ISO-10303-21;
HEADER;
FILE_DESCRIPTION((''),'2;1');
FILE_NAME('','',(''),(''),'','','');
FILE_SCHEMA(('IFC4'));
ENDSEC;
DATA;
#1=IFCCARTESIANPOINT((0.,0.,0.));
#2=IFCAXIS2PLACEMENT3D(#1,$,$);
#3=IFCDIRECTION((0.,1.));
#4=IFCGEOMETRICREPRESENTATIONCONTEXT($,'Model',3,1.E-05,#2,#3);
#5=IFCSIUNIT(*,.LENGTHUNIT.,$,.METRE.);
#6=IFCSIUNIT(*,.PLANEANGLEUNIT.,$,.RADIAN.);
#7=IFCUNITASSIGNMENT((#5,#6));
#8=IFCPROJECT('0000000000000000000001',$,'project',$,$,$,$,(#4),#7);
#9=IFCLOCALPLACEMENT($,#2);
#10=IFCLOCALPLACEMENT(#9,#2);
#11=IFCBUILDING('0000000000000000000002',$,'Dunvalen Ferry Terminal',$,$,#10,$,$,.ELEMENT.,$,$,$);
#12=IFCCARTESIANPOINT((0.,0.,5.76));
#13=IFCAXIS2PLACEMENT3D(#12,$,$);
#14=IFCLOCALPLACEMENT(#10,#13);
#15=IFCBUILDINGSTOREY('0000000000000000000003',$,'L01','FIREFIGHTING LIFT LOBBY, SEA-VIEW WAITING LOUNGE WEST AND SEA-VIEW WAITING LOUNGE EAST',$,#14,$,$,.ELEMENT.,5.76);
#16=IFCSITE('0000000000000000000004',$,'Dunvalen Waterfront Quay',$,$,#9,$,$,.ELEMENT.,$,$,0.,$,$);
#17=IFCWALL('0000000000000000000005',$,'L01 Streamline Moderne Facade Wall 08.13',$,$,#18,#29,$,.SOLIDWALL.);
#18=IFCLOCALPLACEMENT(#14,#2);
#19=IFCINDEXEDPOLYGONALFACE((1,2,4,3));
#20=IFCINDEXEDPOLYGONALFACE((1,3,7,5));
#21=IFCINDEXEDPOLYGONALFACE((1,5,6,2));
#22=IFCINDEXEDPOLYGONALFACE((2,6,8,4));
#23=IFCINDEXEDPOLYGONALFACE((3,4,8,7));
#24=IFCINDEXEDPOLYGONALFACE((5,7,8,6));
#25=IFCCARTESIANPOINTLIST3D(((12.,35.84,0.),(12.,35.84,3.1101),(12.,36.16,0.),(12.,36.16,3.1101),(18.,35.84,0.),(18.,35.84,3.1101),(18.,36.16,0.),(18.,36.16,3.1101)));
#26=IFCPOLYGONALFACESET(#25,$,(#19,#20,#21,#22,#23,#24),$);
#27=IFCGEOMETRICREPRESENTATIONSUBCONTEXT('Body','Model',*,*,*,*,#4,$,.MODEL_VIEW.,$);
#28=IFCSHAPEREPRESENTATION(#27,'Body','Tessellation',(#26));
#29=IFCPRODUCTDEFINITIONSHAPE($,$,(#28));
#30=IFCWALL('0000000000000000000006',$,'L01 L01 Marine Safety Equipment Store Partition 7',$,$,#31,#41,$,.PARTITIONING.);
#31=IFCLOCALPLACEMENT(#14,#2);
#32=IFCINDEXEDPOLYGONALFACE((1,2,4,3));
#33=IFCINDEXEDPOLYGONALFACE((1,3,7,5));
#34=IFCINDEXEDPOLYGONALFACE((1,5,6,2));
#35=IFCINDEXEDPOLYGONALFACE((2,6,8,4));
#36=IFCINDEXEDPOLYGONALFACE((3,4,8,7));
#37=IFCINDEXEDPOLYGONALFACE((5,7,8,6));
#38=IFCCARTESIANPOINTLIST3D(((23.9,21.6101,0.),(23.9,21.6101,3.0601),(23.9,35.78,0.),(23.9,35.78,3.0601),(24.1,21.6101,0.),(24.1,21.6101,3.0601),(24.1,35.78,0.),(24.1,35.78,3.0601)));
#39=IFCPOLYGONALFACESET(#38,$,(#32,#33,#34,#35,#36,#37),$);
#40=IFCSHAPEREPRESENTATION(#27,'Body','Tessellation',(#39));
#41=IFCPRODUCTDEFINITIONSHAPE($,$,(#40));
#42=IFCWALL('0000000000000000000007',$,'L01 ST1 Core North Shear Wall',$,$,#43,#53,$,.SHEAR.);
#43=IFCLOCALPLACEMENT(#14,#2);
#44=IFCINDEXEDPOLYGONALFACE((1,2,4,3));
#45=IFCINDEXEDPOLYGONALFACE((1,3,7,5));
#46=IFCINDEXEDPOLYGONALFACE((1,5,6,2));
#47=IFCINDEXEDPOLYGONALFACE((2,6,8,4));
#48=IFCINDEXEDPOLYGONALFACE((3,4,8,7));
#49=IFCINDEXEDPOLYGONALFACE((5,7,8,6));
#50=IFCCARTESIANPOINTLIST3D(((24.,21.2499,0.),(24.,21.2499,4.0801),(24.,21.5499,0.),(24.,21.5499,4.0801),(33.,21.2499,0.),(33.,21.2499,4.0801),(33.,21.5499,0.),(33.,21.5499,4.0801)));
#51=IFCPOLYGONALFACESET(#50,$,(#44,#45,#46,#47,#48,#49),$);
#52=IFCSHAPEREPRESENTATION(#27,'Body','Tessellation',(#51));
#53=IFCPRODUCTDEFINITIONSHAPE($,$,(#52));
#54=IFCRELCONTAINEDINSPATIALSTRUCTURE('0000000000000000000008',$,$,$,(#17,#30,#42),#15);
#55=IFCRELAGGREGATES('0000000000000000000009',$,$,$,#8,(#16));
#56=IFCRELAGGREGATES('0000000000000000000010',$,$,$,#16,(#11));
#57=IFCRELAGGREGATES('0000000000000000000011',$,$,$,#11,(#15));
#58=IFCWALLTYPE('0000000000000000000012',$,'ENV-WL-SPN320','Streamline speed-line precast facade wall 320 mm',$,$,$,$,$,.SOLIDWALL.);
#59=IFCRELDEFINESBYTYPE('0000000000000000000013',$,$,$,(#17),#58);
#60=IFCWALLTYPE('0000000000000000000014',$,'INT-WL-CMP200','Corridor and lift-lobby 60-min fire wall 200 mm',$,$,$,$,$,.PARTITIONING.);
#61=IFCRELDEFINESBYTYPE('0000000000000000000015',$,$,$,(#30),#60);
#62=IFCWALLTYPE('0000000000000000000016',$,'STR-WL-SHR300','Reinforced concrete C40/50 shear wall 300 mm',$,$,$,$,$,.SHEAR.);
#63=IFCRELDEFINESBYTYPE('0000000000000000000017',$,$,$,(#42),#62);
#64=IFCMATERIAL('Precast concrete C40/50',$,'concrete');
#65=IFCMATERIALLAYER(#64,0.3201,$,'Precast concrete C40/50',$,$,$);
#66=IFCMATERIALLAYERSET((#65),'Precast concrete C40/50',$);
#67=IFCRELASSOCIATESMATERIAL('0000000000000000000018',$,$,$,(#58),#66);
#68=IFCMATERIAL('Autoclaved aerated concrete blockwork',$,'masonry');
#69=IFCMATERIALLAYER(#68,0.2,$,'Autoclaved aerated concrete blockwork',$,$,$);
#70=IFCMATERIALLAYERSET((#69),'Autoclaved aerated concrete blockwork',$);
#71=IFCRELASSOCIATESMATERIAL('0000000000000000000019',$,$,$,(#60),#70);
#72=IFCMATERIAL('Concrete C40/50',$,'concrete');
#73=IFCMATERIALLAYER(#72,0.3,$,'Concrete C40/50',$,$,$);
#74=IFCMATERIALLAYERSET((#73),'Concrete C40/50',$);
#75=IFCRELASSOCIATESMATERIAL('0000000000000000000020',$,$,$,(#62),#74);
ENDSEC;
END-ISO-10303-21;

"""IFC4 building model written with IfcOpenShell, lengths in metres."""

from ifc_helpers import new_model, si_unit, direction, frame, frame_2d, origin, place, context, subcontext, project, spatial, rectangle, extrude, material, layer, layer_set, type_object, element, save


model = new_model("IFC4")

# Units and contexts
model_context = context("Model", 3, precision=1e-05, world=origin(), true_north=direction((0.0, 1.0)))
body_context = subcontext(model_context, "Body", "Model", "MODEL_VIEW")
ifc_project = project(units=[si_unit("LENGTHUNIT", "METRE"), si_unit("PLANEANGLEUNIT", "RADIAN")], contexts=[model_context])

# Site, building, storey
site_placement = place(None, origin())
site = spatial("IfcSite", under=ifc_project, at=site_placement, Name="Dunvalen Waterfront Quay", CompositionType="ELEMENT", RefElevation=0.0)
building_placement = place(site_placement, origin())
building = spatial("IfcBuilding", under=site, at=building_placement, Name="Dunvalen Ferry Terminal", CompositionType="ELEMENT")
storey_placement = place(building_placement, frame((0.0, 0.0, 5.76)))
storey = spatial("IfcBuildingStorey", under=building, at=storey_placement, Name="L01", Description="FIREFIGHTING LIFT LOBBY, SEA-VIEW WAITING LOUNGE WEST AND SEA-VIEW WAITING LOUNGE EAST", CompositionType="ELEMENT", Elevation=5.76)

# Shared definitions
ifc_material_1 = material(Name="Concrete C40/50", Category="concrete")

# Walls
ifc_material_2 = material(Name="Precast concrete C40/50", Category="concrete")
ifc_layer_1 = layer(ifc_material_2, 0.3201, Name="Precast concrete C40/50")
ifc_layer_set_1 = layer_set([ifc_layer_1], Name="Precast concrete C40/50")
wall_type_1 = type_object("IfcWallType", Name="ENV-WL-SPN320", Description="Streamline speed-line precast facade wall 320 mm", PredefinedType="SOLIDWALL", material=ifc_layer_set_1)
for number, where, z_axis, x_axis, name in (
    (1, (18.0, 36.0, 0.0), (0.0, 0.0, 1.0), (-1.0, 0.0, 0.0), "L01 Streamline Moderne Facade Wall 08.13"),
):
    element("IfcWall", number, at=place(storey_placement, frame(where, z_axis=z_axis, x_axis=x_axis)), inside=storey, type_object=wall_type_1, Name=name, PredefinedType="SOLIDWALL", context=body_context, shape_type="SweptSolid", body=[
        extrude(rectangle(XDim=6.0, YDim=0.3201, at=frame_2d((3.0, 0.0))), origin(), (0.0, 0.0, 1.0), 3.1101),
    ])
ifc_material_3 = material(Name="Autoclaved aerated concrete blockwork", Category="masonry")
ifc_layer_2 = layer(ifc_material_3, 0.2, Name="Autoclaved aerated concrete blockwork")
ifc_layer_set_2 = layer_set([ifc_layer_2], Name="Autoclaved aerated concrete blockwork")
wall_type_2 = type_object("IfcWallType", Name="INT-WL-CMP200", Description="Corridor and lift-lobby 60-min fire wall 200 mm", PredefinedType="PARTITIONING", material=ifc_layer_set_2)
wall_1_placement = place(storey_placement, frame((24.0, 21.6101, 0.0), z_axis=(0.0, 0.0, 1.0), x_axis=(0.0, 1.0, 0.0)))
element("IfcWall", 2, at=wall_1_placement, inside=storey, type_object=wall_type_2, Name="L01 L01 Marine Safety Equipment Store Partition 7", PredefinedType="PARTITIONING", context=body_context, shape_type="SweptSolid", body=[
    extrude(rectangle(XDim=14.1699, YDim=0.2, at=frame_2d((7.085, 0.0))), origin(), (0.0, 0.0, 1.0), 3.0601),
])
ifc_layer_3 = layer(ifc_material_1, 0.3, Name="Concrete C40/50")
ifc_layer_set_3 = layer_set([ifc_layer_3], Name="Concrete C40/50")
wall_type_3 = type_object("IfcWallType", Name="STR-WL-SHR300", Description="Reinforced concrete C40/50 shear wall 300 mm", PredefinedType="SHEAR", material=ifc_layer_set_3)
wall_2_placement = place(storey_placement, frame((24.0, 21.3999, 0.0), z_axis=(0.0, 0.0, 1.0), x_axis=(1.0, 0.0, 0.0)))
element("IfcWall", 3, at=wall_2_placement, inside=storey, type_object=wall_type_3, Name="L01 ST1 Core North Shear Wall", PredefinedType="SHEAR", context=body_context, shape_type="SweptSolid", body=[
    extrude(rectangle(XDim=9.0, YDim=0.3, at=frame_2d((4.5, 0.0))), origin(), (0.0, 0.0, 1.0), 4.0801),
])

save(model, "model.ifc")
